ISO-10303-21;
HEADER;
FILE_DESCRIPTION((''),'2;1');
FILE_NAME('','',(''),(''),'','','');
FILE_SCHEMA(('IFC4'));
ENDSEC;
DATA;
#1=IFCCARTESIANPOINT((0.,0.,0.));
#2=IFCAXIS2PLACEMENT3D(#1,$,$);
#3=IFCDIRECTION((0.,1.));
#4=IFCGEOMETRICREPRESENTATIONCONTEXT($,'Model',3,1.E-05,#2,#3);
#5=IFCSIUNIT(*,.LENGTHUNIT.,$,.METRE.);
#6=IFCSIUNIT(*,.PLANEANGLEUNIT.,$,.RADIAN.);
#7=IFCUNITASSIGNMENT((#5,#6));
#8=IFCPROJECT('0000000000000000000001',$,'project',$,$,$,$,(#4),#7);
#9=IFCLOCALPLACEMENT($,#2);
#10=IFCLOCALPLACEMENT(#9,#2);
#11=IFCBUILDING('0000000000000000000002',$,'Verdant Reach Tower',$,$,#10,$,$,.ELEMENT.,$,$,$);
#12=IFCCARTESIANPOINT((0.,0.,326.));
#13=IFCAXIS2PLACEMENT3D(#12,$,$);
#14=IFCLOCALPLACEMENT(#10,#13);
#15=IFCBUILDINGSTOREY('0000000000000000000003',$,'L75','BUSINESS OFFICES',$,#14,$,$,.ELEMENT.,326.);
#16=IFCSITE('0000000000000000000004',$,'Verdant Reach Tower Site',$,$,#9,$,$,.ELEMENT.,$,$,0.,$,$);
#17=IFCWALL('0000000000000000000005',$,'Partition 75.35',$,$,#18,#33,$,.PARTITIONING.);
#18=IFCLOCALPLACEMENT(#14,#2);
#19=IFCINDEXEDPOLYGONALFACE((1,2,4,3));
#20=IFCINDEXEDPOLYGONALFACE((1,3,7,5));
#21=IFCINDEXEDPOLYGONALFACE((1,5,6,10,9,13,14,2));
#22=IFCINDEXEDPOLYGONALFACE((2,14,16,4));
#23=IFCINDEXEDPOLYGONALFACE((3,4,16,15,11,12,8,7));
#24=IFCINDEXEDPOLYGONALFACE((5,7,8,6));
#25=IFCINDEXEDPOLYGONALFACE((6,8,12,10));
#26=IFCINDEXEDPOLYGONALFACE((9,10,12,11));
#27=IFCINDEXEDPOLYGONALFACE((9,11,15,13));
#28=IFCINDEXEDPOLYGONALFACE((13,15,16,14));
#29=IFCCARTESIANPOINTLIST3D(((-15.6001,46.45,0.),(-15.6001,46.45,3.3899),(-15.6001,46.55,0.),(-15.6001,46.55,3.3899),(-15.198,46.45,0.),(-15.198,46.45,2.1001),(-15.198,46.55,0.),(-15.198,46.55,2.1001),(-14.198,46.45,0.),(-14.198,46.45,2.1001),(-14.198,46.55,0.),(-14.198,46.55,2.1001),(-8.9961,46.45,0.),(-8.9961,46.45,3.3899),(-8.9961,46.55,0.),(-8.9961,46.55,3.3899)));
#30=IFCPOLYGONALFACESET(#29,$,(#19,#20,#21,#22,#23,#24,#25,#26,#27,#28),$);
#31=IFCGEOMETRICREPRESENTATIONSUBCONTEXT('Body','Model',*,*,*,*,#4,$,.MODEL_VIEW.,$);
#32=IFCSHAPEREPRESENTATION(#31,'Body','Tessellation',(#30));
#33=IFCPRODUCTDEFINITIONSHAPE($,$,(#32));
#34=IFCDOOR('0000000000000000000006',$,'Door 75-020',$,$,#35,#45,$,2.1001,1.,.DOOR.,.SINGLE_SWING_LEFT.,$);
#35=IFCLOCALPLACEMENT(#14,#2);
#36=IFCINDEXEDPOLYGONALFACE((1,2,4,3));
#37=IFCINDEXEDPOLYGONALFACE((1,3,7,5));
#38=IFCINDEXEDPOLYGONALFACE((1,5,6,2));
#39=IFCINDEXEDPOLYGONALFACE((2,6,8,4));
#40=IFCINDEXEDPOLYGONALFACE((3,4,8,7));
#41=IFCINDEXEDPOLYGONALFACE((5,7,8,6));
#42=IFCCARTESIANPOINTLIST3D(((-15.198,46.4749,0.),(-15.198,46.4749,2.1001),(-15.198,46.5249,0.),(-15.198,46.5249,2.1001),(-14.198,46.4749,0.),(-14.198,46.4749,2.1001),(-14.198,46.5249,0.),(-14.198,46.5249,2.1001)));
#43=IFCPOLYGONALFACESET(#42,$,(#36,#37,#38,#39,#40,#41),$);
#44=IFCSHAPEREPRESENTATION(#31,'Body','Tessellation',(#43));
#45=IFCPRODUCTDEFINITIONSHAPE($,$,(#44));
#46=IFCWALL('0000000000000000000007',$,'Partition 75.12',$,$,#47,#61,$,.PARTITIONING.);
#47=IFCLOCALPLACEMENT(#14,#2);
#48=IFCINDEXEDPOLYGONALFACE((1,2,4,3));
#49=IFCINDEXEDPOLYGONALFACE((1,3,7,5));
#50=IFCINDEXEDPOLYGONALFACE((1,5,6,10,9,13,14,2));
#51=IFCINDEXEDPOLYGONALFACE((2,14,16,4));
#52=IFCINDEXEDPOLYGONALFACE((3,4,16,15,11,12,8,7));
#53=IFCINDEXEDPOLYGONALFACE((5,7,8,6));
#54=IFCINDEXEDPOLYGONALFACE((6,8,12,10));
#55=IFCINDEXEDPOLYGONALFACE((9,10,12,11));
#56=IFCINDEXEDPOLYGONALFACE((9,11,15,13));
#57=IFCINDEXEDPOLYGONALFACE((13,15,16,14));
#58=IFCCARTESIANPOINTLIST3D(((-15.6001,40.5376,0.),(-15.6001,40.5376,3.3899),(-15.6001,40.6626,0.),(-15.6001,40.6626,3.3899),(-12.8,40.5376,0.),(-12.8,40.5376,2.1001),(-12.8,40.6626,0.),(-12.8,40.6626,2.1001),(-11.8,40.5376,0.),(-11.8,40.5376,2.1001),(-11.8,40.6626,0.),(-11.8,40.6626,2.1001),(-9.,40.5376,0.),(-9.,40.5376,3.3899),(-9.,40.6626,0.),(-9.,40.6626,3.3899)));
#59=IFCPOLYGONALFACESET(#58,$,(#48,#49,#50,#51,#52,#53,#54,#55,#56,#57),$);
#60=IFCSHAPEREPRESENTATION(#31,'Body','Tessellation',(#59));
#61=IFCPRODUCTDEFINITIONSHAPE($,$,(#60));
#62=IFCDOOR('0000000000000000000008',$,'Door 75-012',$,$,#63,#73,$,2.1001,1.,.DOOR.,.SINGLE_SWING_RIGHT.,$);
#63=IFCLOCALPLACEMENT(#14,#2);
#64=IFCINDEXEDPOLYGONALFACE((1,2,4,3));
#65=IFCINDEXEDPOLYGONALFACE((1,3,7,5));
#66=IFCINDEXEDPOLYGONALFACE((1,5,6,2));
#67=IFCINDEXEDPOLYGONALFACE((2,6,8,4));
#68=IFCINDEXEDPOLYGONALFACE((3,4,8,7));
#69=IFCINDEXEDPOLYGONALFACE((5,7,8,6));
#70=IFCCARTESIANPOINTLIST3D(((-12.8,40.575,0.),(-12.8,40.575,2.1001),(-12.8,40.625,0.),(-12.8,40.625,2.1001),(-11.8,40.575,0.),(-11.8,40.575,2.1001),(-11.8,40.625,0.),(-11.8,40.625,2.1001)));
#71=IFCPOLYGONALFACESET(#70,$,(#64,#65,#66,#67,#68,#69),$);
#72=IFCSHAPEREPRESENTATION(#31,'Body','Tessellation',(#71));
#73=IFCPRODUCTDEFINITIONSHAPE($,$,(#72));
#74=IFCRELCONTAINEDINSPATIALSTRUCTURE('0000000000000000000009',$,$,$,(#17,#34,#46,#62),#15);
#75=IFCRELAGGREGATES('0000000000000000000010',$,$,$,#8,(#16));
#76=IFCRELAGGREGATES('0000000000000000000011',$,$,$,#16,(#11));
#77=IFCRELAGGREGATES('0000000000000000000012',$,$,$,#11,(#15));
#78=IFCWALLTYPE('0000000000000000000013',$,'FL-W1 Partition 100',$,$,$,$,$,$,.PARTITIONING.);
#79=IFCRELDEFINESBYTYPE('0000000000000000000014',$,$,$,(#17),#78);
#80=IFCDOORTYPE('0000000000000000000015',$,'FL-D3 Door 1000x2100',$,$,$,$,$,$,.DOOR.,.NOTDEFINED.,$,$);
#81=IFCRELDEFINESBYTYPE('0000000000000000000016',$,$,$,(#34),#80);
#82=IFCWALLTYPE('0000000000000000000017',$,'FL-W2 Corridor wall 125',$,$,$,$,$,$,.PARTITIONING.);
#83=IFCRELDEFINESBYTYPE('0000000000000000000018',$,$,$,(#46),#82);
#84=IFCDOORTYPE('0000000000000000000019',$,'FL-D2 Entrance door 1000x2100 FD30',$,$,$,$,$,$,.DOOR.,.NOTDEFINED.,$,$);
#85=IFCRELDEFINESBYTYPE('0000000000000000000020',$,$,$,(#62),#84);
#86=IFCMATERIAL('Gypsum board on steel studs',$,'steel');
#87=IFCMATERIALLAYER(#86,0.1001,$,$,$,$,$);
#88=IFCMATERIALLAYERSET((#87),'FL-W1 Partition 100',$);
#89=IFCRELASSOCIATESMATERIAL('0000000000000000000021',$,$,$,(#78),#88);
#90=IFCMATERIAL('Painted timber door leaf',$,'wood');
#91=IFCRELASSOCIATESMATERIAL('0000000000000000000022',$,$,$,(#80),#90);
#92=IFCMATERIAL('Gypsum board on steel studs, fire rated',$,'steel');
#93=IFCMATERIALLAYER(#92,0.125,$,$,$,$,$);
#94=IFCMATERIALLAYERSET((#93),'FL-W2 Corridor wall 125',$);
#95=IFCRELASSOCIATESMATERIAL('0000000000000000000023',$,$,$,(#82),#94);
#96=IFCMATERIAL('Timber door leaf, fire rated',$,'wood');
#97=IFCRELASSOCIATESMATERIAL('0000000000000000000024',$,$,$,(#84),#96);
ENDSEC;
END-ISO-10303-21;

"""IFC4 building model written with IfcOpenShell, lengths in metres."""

from ifc_helpers import new_model, si_unit, direction, frame, frame_2d, origin, place, context, subcontext, project, spatial, rectangle, extrude, material, layer, layer_set, type_object, element, fill, save


model = new_model("IFC4")

# Units and contexts
model_context = context("Model", 3, precision=1e-05, world=origin(), true_north=direction((0.0, 1.0)))
body_context = subcontext(model_context, "Body", "Model", "MODEL_VIEW")
ifc_project = project(units=[si_unit("LENGTHUNIT", "METRE"), si_unit("PLANEANGLEUNIT", "RADIAN")], contexts=[model_context])

# Site, building, storey
site_placement = place(None, origin())
site = spatial("IfcSite", under=ifc_project, at=site_placement, Name="Verdant Reach Tower Site", CompositionType="ELEMENT", RefElevation=0.0)
building_placement = place(site_placement, origin())
building = spatial("IfcBuilding", under=site, at=building_placement, Name="Verdant Reach Tower", CompositionType="ELEMENT")
storey_placement = place(building_placement, frame((0.0, 0.0, 326.0)))
storey = spatial("IfcBuildingStorey", under=building, at=storey_placement, Name="L75", Description="BUSINESS OFFICES", CompositionType="ELEMENT", Elevation=326.0)

# Shared definitions
ifc_material_1 = material(Name="Gypsum board on steel studs", Category="steel")
ifc_layer_1 = layer(ifc_material_1, 0.1001)
ifc_layer_set_1 = layer_set([ifc_layer_1], Name="FL-W1 Partition 100")
wall_type_1 = type_object("IfcWallType", Name="FL-W1 Partition 100", PredefinedType="PARTITIONING", material=ifc_layer_set_1)

# Walls, openings, doors
wall_1_placement = place(storey_placement, frame((-15.6001, 46.5, 0.0), z_axis=(0.0, 0.0, 1.0), x_axis=(1.0, 0.0, 0.0)))
wall_1 = element("IfcWall", 1, at=wall_1_placement, inside=storey, type_object=wall_type_1, Name="Partition 75.35", PredefinedType="PARTITIONING", context=body_context, shape_type="SweptSolid", body=[
    extrude(rectangle(XDim=6.604, YDim=0.1001, at=frame_2d((3.302, 0.0))), origin(), (0.0, 0.0, 1.0), 3.3899),
])
opening_1_placement = place(wall_1_placement, frame((0.4021, 0.0, 0.0)))
opening_1 = element("IfcOpeningElement", 2, at=opening_1_placement, cuts=wall_1, PredefinedType="OPENING", context=body_context, shape_type="SweptSolid", body=[
    extrude(rectangle(XDim=1.0, YDim=2.1001, at=frame_2d((0.5, 1.05))), frame((0.0, 0.0601, 0.0), z_axis=(0.0, -1.0, 0.0), x_axis=(1.0, 0.0, 0.0)), (0.0, 0.0, 1.0), 0.1201),
])
ifc_material_2 = material(Name="Painted timber door leaf", Category="wood")
door_type_1 = type_object("IfcDoorType", Name="FL-D3 Door 1000x2100", OperationType="NOTDEFINED", PredefinedType="DOOR", material=ifc_material_2)
door_1_placement = place(opening_1_placement, origin())
door_1 = element("IfcDoor", 3, at=door_1_placement, inside=storey, type_object=door_type_1, Name="Door 75-020", OperationType="SINGLE_SWING_LEFT", OverallHeight=2.1001, OverallWidth=1.0, PredefinedType="DOOR", context=body_context, shape_type="SweptSolid", body=[
    extrude(rectangle(XDim=1.0, YDim=2.1001, at=frame_2d((0.5, 1.05))), frame((0.0, 0.0249, 0.0), z_axis=(0.0, -1.0, 0.0), x_axis=(1.0, 0.0, 0.0)), (0.0, 0.0, 1.0), 0.05),
])
fill(opening_1, door_1)
ifc_material_3 = material(Name="Gypsum board on steel studs, fire rated", Category="steel")
ifc_layer_2 = layer(ifc_material_3, 0.125)
ifc_layer_set_2 = layer_set([ifc_layer_2], Name="FL-W2 Corridor wall 125")
wall_type_2 = type_object("IfcWallType", Name="FL-W2 Corridor wall 125", PredefinedType="PARTITIONING", material=ifc_layer_set_2)
wall_2_placement = place(storey_placement, frame((-15.6001, 40.6001, 0.0), z_axis=(0.0, 0.0, 1.0), x_axis=(1.0, 0.0, 0.0)))
wall_2 = element("IfcWall", 4, at=wall_2_placement, inside=storey, type_object=wall_type_2, Name="Partition 75.12", PredefinedType="PARTITIONING", context=body_context, shape_type="SweptSolid", body=[
    extrude(rectangle(XDim=6.6001, YDim=0.125, at=frame_2d((3.3, 0.0))), origin(), (0.0, 0.0, 1.0), 3.3899),
])
opening_2_placement = place(wall_2_placement, frame((2.8, 0.0, 0.0)))
opening_2 = element("IfcOpeningElement", 5, at=opening_2_placement, cuts=wall_2, PredefinedType="OPENING", context=body_context, shape_type="SweptSolid", body=[
    extrude(rectangle(XDim=1.0, YDim=2.1001, at=frame_2d((0.5, 1.05))), frame((0.0, 0.0725, 0.0), z_axis=(0.0, -1.0, 0.0), x_axis=(1.0, 0.0, 0.0)), (0.0, 0.0, 1.0), 0.145),
])
ifc_material_4 = material(Name="Timber door leaf, fire rated", Category="wood")
door_type_2 = type_object("IfcDoorType", Name="FL-D2 Entrance door 1000x2100 FD30", OperationType="NOTDEFINED", PredefinedType="DOOR", material=ifc_material_4)
door_2_placement = place(opening_2_placement, origin())
door_2 = element("IfcDoor", 6, at=door_2_placement, inside=storey, type_object=door_type_2, Name="Door 75-012", OperationType="SINGLE_SWING_RIGHT", OverallHeight=2.1001, OverallWidth=1.0, PredefinedType="DOOR", context=body_context, shape_type="SweptSolid", body=[
    extrude(rectangle(XDim=1.0, YDim=2.1001, at=frame_2d((0.5, 1.05))), frame((0.0, 0.0249, 0.0), z_axis=(0.0, -1.0, 0.0), x_axis=(1.0, 0.0, 0.0)), (0.0, 0.0, 1.0), 0.05),
])
fill(opening_2, door_2)

save(model, "model.ifc")
